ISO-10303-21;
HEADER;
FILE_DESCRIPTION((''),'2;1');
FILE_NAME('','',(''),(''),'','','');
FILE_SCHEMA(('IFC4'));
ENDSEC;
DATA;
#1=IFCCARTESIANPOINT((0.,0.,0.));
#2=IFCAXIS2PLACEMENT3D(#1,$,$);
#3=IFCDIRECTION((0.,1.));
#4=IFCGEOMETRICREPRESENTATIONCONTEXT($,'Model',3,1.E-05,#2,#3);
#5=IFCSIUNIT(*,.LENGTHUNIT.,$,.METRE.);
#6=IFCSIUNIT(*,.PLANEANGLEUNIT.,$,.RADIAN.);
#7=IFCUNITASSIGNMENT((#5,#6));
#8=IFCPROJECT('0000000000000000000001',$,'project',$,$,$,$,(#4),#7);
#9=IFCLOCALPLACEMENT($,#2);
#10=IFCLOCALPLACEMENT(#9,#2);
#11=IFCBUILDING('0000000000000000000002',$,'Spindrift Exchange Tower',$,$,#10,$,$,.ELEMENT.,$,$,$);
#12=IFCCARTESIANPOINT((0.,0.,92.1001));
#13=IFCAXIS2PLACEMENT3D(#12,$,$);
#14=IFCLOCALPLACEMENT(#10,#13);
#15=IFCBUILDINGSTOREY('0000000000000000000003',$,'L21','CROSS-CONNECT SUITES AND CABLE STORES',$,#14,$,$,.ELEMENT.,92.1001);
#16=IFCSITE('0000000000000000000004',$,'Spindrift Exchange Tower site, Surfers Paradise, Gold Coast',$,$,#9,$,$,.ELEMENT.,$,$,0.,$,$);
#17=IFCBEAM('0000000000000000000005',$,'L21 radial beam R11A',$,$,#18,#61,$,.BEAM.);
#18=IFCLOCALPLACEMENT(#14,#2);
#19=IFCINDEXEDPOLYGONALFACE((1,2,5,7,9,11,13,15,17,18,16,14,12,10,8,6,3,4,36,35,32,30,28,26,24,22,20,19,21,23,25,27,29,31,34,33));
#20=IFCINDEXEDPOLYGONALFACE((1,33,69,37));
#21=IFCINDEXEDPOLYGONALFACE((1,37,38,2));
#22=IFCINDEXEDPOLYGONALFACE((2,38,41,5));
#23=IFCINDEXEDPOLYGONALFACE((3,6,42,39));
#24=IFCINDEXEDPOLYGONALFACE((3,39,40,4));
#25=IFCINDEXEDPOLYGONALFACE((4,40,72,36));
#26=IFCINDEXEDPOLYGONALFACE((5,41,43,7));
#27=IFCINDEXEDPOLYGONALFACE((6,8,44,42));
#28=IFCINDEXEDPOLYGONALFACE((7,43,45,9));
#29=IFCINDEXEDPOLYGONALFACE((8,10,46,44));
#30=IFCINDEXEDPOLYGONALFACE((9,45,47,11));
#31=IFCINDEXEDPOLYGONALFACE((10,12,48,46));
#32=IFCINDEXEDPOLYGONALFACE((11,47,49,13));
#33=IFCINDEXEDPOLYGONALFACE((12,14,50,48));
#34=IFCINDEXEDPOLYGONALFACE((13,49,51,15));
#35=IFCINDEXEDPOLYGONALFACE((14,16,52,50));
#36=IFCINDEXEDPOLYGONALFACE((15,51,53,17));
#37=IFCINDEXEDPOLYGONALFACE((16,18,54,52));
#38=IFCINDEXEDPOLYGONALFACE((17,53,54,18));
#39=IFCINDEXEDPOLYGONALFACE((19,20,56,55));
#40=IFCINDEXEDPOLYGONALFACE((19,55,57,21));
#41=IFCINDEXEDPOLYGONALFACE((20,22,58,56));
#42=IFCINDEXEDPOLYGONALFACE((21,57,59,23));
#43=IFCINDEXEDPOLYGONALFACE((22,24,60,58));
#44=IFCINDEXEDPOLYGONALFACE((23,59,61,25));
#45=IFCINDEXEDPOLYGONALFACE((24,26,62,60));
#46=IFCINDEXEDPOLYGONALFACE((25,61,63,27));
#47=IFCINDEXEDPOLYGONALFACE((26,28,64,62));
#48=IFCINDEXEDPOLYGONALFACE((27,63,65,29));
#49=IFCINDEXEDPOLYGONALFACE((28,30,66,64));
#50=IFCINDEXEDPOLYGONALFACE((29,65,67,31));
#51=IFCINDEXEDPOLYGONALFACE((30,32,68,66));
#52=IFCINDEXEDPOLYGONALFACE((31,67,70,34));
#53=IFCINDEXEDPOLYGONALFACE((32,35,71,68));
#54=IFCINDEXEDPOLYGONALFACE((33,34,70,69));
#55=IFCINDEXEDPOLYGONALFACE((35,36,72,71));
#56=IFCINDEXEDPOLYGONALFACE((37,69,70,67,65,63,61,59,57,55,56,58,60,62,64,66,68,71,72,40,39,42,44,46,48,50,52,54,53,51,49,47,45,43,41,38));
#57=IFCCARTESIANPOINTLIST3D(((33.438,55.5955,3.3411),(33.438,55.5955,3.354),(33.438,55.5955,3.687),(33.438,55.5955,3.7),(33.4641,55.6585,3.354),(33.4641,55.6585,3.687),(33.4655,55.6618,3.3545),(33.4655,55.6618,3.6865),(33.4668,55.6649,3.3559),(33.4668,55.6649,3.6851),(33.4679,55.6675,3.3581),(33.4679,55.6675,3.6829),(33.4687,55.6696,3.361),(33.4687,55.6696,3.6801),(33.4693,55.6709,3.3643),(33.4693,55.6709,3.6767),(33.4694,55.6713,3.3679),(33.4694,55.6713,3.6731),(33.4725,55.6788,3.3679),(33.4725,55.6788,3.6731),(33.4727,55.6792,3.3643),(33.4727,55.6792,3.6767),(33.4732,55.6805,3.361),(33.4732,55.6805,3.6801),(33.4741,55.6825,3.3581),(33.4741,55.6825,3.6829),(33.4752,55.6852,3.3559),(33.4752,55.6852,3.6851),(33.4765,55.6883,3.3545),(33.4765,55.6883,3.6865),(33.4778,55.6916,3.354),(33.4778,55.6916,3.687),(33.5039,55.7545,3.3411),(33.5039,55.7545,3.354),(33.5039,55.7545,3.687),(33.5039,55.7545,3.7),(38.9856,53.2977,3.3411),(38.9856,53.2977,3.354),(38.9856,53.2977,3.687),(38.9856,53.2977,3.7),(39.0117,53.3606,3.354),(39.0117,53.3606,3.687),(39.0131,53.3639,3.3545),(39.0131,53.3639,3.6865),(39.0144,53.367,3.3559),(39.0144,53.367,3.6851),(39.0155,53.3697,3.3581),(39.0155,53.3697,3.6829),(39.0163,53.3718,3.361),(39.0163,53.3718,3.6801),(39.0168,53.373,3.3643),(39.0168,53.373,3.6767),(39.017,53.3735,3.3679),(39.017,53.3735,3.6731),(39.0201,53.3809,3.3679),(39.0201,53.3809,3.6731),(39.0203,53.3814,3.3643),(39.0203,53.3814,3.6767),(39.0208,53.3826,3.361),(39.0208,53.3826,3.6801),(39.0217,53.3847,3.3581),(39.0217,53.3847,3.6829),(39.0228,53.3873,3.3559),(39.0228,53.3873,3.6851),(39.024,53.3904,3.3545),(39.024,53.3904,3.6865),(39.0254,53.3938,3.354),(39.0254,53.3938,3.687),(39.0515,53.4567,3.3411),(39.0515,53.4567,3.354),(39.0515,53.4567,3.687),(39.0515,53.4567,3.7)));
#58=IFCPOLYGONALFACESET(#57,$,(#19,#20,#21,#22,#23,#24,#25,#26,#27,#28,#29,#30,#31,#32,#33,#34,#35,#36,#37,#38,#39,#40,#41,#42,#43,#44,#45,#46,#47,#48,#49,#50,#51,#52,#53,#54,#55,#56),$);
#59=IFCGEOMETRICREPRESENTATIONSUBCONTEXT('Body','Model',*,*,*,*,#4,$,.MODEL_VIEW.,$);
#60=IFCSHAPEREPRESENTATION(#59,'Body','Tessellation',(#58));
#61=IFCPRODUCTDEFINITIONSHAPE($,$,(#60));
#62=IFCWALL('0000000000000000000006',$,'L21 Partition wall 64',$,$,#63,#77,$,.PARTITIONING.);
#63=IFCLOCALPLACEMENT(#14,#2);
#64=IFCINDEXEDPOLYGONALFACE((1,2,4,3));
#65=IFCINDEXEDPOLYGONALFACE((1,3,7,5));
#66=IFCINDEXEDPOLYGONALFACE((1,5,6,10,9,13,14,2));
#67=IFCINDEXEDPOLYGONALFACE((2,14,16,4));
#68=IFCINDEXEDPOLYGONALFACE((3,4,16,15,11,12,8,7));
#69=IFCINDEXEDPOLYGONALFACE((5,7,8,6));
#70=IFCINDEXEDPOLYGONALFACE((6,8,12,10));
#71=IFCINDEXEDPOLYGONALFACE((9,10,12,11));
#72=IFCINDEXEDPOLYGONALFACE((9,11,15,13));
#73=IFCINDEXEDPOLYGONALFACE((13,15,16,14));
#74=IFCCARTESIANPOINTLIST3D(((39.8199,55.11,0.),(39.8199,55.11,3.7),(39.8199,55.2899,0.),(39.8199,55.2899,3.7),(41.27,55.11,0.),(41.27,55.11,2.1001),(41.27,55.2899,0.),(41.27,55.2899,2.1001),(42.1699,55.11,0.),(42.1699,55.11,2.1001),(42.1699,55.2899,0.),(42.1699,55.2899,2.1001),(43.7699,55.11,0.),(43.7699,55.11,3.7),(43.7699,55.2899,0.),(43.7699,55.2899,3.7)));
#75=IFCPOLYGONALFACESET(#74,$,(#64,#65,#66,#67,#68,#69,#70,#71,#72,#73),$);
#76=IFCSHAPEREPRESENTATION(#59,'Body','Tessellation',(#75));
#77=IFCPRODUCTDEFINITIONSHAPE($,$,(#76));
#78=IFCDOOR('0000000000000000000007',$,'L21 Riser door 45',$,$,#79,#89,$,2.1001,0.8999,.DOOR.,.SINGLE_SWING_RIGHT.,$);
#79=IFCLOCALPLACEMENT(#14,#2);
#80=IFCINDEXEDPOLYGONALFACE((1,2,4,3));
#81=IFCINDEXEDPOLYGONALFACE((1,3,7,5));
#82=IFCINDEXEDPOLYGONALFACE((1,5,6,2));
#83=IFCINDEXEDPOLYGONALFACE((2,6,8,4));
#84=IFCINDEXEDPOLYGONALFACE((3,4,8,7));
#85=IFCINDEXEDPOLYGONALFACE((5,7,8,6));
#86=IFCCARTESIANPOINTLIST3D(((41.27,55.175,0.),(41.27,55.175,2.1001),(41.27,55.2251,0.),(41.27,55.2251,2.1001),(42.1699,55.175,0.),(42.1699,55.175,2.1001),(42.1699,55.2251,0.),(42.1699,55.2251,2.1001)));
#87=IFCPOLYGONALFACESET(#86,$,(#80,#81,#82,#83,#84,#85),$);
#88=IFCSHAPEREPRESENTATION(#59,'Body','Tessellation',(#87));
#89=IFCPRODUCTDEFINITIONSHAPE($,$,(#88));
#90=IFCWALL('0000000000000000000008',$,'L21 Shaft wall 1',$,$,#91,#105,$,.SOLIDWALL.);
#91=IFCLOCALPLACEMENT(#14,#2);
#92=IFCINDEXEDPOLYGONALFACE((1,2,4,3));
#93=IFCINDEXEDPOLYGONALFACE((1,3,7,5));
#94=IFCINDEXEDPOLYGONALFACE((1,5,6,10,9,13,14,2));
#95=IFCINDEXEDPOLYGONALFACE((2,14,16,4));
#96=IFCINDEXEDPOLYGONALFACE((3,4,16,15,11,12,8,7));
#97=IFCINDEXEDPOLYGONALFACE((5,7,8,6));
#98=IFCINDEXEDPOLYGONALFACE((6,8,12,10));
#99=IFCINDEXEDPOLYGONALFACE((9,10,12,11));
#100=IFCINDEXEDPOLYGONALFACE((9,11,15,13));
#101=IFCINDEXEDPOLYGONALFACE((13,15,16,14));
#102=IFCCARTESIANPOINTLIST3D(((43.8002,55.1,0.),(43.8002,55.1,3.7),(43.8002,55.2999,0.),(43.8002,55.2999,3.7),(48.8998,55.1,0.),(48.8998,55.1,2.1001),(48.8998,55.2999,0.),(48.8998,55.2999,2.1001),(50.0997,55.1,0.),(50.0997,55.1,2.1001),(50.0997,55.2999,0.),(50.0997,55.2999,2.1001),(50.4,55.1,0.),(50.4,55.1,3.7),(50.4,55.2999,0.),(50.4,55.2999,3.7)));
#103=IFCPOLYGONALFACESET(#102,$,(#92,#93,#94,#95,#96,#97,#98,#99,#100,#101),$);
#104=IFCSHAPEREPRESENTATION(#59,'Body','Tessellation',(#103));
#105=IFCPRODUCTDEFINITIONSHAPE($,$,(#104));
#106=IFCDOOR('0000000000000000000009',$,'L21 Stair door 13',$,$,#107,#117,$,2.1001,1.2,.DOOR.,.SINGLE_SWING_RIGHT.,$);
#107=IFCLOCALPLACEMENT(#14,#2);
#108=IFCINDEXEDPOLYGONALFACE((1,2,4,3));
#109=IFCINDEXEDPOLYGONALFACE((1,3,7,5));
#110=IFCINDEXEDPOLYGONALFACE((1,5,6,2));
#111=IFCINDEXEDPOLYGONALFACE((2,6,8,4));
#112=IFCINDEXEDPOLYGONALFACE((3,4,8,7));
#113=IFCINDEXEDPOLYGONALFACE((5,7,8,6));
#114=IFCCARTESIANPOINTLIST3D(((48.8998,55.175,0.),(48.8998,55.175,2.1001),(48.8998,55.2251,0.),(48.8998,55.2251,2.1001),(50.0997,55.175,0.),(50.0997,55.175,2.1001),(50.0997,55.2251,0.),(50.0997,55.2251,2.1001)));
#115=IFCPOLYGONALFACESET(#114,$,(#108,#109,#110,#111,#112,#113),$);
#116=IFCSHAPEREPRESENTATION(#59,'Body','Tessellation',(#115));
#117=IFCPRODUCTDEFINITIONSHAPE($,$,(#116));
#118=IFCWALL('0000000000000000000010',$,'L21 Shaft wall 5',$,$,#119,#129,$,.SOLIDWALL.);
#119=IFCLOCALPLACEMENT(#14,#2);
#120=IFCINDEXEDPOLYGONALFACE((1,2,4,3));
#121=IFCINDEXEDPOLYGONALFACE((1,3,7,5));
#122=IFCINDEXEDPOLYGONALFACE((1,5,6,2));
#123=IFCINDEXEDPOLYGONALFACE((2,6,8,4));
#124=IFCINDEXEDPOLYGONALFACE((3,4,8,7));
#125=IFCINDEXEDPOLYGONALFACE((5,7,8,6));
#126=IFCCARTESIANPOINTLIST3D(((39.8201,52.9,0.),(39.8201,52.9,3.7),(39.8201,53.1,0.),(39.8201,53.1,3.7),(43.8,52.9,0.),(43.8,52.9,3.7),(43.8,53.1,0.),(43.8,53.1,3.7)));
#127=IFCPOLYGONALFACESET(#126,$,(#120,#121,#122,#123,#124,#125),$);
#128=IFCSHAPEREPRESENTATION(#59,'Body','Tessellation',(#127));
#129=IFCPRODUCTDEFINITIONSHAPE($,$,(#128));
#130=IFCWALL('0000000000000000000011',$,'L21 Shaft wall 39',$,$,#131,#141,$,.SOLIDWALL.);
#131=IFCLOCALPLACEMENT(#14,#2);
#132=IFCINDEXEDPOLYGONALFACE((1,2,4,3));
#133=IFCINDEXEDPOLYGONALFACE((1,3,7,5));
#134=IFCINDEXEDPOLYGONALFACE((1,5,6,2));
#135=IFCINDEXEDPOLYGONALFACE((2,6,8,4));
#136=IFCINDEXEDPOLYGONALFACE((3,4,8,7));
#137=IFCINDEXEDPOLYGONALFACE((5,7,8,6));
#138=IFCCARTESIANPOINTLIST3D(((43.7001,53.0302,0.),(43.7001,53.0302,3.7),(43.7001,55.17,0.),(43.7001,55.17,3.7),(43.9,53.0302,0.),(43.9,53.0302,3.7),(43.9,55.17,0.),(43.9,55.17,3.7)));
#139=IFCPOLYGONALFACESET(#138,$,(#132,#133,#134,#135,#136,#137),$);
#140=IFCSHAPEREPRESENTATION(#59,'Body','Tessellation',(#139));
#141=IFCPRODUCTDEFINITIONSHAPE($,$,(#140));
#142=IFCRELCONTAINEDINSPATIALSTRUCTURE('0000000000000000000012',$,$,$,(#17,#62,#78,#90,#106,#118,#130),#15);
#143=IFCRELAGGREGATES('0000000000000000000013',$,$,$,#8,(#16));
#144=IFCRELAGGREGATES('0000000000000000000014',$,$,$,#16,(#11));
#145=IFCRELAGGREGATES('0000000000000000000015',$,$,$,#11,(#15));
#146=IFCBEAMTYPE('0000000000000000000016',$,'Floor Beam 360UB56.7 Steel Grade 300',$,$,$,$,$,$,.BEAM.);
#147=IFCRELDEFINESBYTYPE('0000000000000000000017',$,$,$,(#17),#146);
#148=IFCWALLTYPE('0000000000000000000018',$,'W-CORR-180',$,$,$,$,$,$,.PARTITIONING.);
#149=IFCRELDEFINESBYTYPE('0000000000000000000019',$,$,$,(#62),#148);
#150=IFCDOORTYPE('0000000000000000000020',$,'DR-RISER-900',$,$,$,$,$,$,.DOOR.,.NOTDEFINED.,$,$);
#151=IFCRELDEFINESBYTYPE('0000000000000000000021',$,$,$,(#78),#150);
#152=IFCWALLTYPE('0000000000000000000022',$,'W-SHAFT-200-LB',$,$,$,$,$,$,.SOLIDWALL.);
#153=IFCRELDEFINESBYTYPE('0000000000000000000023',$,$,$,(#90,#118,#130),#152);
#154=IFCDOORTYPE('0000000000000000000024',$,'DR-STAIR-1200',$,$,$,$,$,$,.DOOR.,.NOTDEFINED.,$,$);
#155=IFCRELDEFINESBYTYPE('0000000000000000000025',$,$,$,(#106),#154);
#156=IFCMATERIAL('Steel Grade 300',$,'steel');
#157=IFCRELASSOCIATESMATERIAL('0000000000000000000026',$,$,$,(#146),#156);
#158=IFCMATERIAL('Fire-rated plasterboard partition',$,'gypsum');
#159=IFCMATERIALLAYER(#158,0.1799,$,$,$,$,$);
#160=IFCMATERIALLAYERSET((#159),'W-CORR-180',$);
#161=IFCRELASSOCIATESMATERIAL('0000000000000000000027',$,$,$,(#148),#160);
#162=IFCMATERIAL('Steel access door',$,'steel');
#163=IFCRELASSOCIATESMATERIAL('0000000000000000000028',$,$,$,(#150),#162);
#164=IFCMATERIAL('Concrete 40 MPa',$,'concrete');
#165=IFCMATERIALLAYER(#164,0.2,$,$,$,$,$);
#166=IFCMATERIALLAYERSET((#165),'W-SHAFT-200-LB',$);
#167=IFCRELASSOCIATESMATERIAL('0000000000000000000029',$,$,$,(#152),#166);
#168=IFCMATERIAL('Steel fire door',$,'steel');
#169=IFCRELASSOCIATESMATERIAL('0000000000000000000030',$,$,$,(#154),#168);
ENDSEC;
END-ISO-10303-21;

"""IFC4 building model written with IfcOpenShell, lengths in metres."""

from ifc_helpers import new_model, si_unit, direction, frame, frame_2d, origin, origin_2d, place, context, subcontext, project, spatial, rectangle, i_section, extrude, source, transform, mapped, material, layer, layer_set, material_profile, profile_set, type_object, element, fill, save


model = new_model("IFC4")

# Units and contexts
model_context = context("Model", 3, precision=1e-05, world=origin(), true_north=direction((0.0, 1.0)))
body_context = subcontext(model_context, "Body", "Model", "MODEL_VIEW")
ifc_project = project(units=[si_unit("LENGTHUNIT", "METRE"), si_unit("PLANEANGLEUNIT", "RADIAN")], contexts=[model_context])

# Site, building, storey
site_placement = place(None, origin())
site = spatial("IfcSite", under=ifc_project, at=site_placement, Name="Spindrift Exchange Tower site, Surfers Paradise, Gold Coast", CompositionType="ELEMENT", RefElevation=0.0)
building_placement = place(site_placement, origin())
building = spatial("IfcBuilding", under=site, at=building_placement, Name="Spindrift Exchange Tower", CompositionType="ELEMENT")
storey_placement = place(building_placement, frame((0.0, 0.0, 92.1001)))
storey = spatial("IfcBuildingStorey", under=building, at=storey_placement, Name="L21", Description="CROSS-CONNECT SUITES AND CABLE STORES", CompositionType="ELEMENT", Elevation=92.1001)

# Beam
ifc_material_1 = material(Name="Steel Grade 300", Category="steel")
ifc_material_profile_1 = material_profile(ifc_material_1, i_section(OverallWidth=0.1721, OverallDepth=0.3589, WebThickness=0.0081, FlangeThickness=0.0129, FilletRadius=0.0139, at=origin_2d()), Name="360UB56.7")
ifc_profile_set_1 = profile_set([ifc_material_profile_1], Name="Steel Grade 300")
beam_type_1 = type_object("IfcBeamType", Name="Floor Beam 360UB56.7 Steel Grade 300", PredefinedType="BEAM", material=ifc_profile_set_1)
shared_shape_1 = source(origin(), body_context, "Body", "SweptSolid", [
    extrude(i_section(OverallWidth=0.1721, OverallDepth=0.3589, WebThickness=0.0081, FlangeThickness=0.0129, FilletRadius=0.0139, at=origin_2d()), origin(), (0.0, 0.0, 1.0), 6.0046),
])
beam_1_placement = place(storey_placement, frame((39.0186, 53.3772, 3.5205), z_axis=(-0.923882, 0.382677, 0.0), x_axis=(-0.382677, -0.923882, 0.0)))
element("IfcBeam", 1, at=beam_1_placement, inside=storey, type_object=beam_type_1, Name="L21 radial beam R11A", PredefinedType="BEAM", context=body_context, shape_type="MappedRepresentation", body=[
    mapped(shared_shape_1, transform((0.0, 0.0, 0.0), scale=1.0)),
])

# Walls, openings, doors
ifc_material_2 = material(Name="Fire-rated plasterboard partition", Category="gypsum")
ifc_layer_1 = layer(ifc_material_2, 0.1799)
ifc_layer_set_1 = layer_set([ifc_layer_1], Name="W-CORR-180")
wall_type_1 = type_object("IfcWallType", Name="W-CORR-180", PredefinedType="PARTITIONING", material=ifc_layer_set_1)
wall_1_placement = place(storey_placement, frame((43.77, 55.2, 0.0), z_axis=(0.0, 0.0, 1.0), x_axis=(-1.0, 0.0, 0.0)))
wall_1 = element("IfcWall", 2, at=wall_1_placement, inside=storey, type_object=wall_type_1, Name="L21 Partition wall 64", PredefinedType="PARTITIONING", context=body_context, shape_type="SweptSolid", body=[
    extrude(rectangle(XDim=3.95, YDim=0.1799, at=frame_2d((1.9751, 0.0))), origin(), (0.0, 0.0, 1.0), 3.7),
])
opening_1_placement = place(wall_1_placement, frame((1.6001, 0.0, 0.0)))
opening_1 = element("IfcOpeningElement", 3, at=opening_1_placement, cuts=wall_1, PredefinedType="OPENING", context=body_context, shape_type="SweptSolid", body=[
    extrude(rectangle(XDim=0.8999, YDim=2.1001, at=frame_2d((0.45, 1.05))), frame((0.0, 0.0999, 0.0), z_axis=(0.0, -1.0, 0.0), x_axis=(1.0, 0.0, 0.0)), (0.0, 0.0, 1.0), 0.2),
])
ifc_material_3 = material(Name="Steel access door", Category="steel")
door_type_1 = type_object("IfcDoorType", Name="DR-RISER-900", OperationType="NOTDEFINED", PredefinedType="DOOR", material=ifc_material_3)
shared_shape_2 = source(origin(), body_context, "Body", "SweptSolid", [
    extrude(rectangle(XDim=0.8999, YDim=2.1001, at=frame_2d((0.45, 1.05))), frame((0.0, 0.0249, 0.0), z_axis=(0.0, -1.0, 0.0), x_axis=(1.0, 0.0, 0.0)), (0.0, 0.0, 1.0), 0.05),
])
door_1_placement = place(opening_1_placement, origin())
door_1 = element("IfcDoor", 4, at=door_1_placement, inside=storey, type_object=door_type_1, Name="L21 Riser door 45", OperationType="SINGLE_SWING_RIGHT", OverallHeight=2.1001, OverallWidth=0.8999, PredefinedType="DOOR", context=body_context, shape_type="MappedRepresentation", body=[
    mapped(shared_shape_2, transform((0.0, 0.0, 0.0), scale=1.0)),
])
fill(opening_1, door_1)
ifc_material_4 = material(Name="Concrete 40 MPa", Category="concrete")
ifc_layer_2 = layer(ifc_material_4, 0.2)
ifc_layer_set_2 = layer_set([ifc_layer_2], Name="W-SHAFT-200-LB")
wall_type_2 = type_object("IfcWallType", Name="W-SHAFT-200-LB", PredefinedType="SOLIDWALL", material=ifc_layer_set_2)
wall_2_placement = place(storey_placement, frame((50.3999, 55.2, 0.0), z_axis=(0.0, 0.0, 1.0), x_axis=(-1.0, 0.0, 0.0)))
wall_2 = element("IfcWall", 5, at=wall_2_placement, inside=storey, type_object=wall_type_2, Name="L21 Shaft wall 1", PredefinedType="SOLIDWALL", context=body_context, shape_type="SweptSolid", body=[
    extrude(rectangle(XDim=6.5999, YDim=0.2, at=frame_2d((3.2998, 0.0))), origin(), (0.0, 0.0, 1.0), 3.7),
])
opening_2_placement = place(wall_2_placement, frame((0.3, 0.0, 0.0)))
opening_2 = element("IfcOpeningElement", 6, at=opening_2_placement, cuts=wall_2, PredefinedType="OPENING", context=body_context, shape_type="SweptSolid", body=[
    extrude(rectangle(XDim=1.2, YDim=2.1001, at=frame_2d((0.6001, 1.05))), frame((0.0, 0.1099, 0.0), z_axis=(0.0, -1.0, 0.0), x_axis=(1.0, 0.0, 0.0)), (0.0, 0.0, 1.0), 0.22),
])
ifc_material_5 = material(Name="Steel fire door", Category="steel")
door_type_2 = type_object("IfcDoorType", Name="DR-STAIR-1200", OperationType="NOTDEFINED", PredefinedType="DOOR", material=ifc_material_5)
shared_shape_3 = source(origin(), body_context, "Body", "SweptSolid", [
    extrude(rectangle(XDim=1.2, YDim=2.1001, at=frame_2d((0.6001, 1.05))), frame((0.0, 0.0249, 0.0), z_axis=(0.0, -1.0, 0.0), x_axis=(1.0, 0.0, 0.0)), (0.0, 0.0, 1.0), 0.05),
])
door_2_placement = place(opening_2_placement, origin())
door_2 = element("IfcDoor", 7, at=door_2_placement, inside=storey, type_object=door_type_2, Name="L21 Stair door 13", OperationType="SINGLE_SWING_RIGHT", OverallHeight=2.1001, OverallWidth=1.2, PredefinedType="DOOR", context=body_context, shape_type="MappedRepresentation", body=[
    mapped(shared_shape_3, transform((0.0, 0.0, 0.0), scale=1.0)),
])
fill(opening_2, door_2)

# Walls
wall_3_placement = place(storey_placement, frame((43.8, 53.0, 0.0), z_axis=(0.0, 0.0, 1.0), x_axis=(-1.0, 0.0, 0.0)))
element("IfcWall", 8, at=wall_3_placement, inside=storey, type_object=wall_type_2, Name="L21 Shaft wall 5", PredefinedType="SOLIDWALL", context=body_context, shape_type="SweptSolid", body=[
    extrude(rectangle(XDim=3.98, YDim=0.2, at=frame_2d((1.99, 0.0))), origin(), (0.0, 0.0, 1.0), 3.7),
])
wall_4_placement = place(storey_placement, frame((43.8, 55.1699, 0.0), z_axis=(0.0, 0.0, 1.0), x_axis=(0.0, -1.0, 0.0)))
element("IfcWall", 9, at=wall_4_placement, inside=storey, type_object=wall_type_2, Name="L21 Shaft wall 39", PredefinedType="SOLIDWALL", context=body_context, shape_type="SweptSolid", body=[
    extrude(rectangle(XDim=2.1399, YDim=0.2, at=frame_2d((1.0698, 0.0))), origin(), (0.0, 0.0, 1.0), 3.7),
])

save(model, "model.ifc")
